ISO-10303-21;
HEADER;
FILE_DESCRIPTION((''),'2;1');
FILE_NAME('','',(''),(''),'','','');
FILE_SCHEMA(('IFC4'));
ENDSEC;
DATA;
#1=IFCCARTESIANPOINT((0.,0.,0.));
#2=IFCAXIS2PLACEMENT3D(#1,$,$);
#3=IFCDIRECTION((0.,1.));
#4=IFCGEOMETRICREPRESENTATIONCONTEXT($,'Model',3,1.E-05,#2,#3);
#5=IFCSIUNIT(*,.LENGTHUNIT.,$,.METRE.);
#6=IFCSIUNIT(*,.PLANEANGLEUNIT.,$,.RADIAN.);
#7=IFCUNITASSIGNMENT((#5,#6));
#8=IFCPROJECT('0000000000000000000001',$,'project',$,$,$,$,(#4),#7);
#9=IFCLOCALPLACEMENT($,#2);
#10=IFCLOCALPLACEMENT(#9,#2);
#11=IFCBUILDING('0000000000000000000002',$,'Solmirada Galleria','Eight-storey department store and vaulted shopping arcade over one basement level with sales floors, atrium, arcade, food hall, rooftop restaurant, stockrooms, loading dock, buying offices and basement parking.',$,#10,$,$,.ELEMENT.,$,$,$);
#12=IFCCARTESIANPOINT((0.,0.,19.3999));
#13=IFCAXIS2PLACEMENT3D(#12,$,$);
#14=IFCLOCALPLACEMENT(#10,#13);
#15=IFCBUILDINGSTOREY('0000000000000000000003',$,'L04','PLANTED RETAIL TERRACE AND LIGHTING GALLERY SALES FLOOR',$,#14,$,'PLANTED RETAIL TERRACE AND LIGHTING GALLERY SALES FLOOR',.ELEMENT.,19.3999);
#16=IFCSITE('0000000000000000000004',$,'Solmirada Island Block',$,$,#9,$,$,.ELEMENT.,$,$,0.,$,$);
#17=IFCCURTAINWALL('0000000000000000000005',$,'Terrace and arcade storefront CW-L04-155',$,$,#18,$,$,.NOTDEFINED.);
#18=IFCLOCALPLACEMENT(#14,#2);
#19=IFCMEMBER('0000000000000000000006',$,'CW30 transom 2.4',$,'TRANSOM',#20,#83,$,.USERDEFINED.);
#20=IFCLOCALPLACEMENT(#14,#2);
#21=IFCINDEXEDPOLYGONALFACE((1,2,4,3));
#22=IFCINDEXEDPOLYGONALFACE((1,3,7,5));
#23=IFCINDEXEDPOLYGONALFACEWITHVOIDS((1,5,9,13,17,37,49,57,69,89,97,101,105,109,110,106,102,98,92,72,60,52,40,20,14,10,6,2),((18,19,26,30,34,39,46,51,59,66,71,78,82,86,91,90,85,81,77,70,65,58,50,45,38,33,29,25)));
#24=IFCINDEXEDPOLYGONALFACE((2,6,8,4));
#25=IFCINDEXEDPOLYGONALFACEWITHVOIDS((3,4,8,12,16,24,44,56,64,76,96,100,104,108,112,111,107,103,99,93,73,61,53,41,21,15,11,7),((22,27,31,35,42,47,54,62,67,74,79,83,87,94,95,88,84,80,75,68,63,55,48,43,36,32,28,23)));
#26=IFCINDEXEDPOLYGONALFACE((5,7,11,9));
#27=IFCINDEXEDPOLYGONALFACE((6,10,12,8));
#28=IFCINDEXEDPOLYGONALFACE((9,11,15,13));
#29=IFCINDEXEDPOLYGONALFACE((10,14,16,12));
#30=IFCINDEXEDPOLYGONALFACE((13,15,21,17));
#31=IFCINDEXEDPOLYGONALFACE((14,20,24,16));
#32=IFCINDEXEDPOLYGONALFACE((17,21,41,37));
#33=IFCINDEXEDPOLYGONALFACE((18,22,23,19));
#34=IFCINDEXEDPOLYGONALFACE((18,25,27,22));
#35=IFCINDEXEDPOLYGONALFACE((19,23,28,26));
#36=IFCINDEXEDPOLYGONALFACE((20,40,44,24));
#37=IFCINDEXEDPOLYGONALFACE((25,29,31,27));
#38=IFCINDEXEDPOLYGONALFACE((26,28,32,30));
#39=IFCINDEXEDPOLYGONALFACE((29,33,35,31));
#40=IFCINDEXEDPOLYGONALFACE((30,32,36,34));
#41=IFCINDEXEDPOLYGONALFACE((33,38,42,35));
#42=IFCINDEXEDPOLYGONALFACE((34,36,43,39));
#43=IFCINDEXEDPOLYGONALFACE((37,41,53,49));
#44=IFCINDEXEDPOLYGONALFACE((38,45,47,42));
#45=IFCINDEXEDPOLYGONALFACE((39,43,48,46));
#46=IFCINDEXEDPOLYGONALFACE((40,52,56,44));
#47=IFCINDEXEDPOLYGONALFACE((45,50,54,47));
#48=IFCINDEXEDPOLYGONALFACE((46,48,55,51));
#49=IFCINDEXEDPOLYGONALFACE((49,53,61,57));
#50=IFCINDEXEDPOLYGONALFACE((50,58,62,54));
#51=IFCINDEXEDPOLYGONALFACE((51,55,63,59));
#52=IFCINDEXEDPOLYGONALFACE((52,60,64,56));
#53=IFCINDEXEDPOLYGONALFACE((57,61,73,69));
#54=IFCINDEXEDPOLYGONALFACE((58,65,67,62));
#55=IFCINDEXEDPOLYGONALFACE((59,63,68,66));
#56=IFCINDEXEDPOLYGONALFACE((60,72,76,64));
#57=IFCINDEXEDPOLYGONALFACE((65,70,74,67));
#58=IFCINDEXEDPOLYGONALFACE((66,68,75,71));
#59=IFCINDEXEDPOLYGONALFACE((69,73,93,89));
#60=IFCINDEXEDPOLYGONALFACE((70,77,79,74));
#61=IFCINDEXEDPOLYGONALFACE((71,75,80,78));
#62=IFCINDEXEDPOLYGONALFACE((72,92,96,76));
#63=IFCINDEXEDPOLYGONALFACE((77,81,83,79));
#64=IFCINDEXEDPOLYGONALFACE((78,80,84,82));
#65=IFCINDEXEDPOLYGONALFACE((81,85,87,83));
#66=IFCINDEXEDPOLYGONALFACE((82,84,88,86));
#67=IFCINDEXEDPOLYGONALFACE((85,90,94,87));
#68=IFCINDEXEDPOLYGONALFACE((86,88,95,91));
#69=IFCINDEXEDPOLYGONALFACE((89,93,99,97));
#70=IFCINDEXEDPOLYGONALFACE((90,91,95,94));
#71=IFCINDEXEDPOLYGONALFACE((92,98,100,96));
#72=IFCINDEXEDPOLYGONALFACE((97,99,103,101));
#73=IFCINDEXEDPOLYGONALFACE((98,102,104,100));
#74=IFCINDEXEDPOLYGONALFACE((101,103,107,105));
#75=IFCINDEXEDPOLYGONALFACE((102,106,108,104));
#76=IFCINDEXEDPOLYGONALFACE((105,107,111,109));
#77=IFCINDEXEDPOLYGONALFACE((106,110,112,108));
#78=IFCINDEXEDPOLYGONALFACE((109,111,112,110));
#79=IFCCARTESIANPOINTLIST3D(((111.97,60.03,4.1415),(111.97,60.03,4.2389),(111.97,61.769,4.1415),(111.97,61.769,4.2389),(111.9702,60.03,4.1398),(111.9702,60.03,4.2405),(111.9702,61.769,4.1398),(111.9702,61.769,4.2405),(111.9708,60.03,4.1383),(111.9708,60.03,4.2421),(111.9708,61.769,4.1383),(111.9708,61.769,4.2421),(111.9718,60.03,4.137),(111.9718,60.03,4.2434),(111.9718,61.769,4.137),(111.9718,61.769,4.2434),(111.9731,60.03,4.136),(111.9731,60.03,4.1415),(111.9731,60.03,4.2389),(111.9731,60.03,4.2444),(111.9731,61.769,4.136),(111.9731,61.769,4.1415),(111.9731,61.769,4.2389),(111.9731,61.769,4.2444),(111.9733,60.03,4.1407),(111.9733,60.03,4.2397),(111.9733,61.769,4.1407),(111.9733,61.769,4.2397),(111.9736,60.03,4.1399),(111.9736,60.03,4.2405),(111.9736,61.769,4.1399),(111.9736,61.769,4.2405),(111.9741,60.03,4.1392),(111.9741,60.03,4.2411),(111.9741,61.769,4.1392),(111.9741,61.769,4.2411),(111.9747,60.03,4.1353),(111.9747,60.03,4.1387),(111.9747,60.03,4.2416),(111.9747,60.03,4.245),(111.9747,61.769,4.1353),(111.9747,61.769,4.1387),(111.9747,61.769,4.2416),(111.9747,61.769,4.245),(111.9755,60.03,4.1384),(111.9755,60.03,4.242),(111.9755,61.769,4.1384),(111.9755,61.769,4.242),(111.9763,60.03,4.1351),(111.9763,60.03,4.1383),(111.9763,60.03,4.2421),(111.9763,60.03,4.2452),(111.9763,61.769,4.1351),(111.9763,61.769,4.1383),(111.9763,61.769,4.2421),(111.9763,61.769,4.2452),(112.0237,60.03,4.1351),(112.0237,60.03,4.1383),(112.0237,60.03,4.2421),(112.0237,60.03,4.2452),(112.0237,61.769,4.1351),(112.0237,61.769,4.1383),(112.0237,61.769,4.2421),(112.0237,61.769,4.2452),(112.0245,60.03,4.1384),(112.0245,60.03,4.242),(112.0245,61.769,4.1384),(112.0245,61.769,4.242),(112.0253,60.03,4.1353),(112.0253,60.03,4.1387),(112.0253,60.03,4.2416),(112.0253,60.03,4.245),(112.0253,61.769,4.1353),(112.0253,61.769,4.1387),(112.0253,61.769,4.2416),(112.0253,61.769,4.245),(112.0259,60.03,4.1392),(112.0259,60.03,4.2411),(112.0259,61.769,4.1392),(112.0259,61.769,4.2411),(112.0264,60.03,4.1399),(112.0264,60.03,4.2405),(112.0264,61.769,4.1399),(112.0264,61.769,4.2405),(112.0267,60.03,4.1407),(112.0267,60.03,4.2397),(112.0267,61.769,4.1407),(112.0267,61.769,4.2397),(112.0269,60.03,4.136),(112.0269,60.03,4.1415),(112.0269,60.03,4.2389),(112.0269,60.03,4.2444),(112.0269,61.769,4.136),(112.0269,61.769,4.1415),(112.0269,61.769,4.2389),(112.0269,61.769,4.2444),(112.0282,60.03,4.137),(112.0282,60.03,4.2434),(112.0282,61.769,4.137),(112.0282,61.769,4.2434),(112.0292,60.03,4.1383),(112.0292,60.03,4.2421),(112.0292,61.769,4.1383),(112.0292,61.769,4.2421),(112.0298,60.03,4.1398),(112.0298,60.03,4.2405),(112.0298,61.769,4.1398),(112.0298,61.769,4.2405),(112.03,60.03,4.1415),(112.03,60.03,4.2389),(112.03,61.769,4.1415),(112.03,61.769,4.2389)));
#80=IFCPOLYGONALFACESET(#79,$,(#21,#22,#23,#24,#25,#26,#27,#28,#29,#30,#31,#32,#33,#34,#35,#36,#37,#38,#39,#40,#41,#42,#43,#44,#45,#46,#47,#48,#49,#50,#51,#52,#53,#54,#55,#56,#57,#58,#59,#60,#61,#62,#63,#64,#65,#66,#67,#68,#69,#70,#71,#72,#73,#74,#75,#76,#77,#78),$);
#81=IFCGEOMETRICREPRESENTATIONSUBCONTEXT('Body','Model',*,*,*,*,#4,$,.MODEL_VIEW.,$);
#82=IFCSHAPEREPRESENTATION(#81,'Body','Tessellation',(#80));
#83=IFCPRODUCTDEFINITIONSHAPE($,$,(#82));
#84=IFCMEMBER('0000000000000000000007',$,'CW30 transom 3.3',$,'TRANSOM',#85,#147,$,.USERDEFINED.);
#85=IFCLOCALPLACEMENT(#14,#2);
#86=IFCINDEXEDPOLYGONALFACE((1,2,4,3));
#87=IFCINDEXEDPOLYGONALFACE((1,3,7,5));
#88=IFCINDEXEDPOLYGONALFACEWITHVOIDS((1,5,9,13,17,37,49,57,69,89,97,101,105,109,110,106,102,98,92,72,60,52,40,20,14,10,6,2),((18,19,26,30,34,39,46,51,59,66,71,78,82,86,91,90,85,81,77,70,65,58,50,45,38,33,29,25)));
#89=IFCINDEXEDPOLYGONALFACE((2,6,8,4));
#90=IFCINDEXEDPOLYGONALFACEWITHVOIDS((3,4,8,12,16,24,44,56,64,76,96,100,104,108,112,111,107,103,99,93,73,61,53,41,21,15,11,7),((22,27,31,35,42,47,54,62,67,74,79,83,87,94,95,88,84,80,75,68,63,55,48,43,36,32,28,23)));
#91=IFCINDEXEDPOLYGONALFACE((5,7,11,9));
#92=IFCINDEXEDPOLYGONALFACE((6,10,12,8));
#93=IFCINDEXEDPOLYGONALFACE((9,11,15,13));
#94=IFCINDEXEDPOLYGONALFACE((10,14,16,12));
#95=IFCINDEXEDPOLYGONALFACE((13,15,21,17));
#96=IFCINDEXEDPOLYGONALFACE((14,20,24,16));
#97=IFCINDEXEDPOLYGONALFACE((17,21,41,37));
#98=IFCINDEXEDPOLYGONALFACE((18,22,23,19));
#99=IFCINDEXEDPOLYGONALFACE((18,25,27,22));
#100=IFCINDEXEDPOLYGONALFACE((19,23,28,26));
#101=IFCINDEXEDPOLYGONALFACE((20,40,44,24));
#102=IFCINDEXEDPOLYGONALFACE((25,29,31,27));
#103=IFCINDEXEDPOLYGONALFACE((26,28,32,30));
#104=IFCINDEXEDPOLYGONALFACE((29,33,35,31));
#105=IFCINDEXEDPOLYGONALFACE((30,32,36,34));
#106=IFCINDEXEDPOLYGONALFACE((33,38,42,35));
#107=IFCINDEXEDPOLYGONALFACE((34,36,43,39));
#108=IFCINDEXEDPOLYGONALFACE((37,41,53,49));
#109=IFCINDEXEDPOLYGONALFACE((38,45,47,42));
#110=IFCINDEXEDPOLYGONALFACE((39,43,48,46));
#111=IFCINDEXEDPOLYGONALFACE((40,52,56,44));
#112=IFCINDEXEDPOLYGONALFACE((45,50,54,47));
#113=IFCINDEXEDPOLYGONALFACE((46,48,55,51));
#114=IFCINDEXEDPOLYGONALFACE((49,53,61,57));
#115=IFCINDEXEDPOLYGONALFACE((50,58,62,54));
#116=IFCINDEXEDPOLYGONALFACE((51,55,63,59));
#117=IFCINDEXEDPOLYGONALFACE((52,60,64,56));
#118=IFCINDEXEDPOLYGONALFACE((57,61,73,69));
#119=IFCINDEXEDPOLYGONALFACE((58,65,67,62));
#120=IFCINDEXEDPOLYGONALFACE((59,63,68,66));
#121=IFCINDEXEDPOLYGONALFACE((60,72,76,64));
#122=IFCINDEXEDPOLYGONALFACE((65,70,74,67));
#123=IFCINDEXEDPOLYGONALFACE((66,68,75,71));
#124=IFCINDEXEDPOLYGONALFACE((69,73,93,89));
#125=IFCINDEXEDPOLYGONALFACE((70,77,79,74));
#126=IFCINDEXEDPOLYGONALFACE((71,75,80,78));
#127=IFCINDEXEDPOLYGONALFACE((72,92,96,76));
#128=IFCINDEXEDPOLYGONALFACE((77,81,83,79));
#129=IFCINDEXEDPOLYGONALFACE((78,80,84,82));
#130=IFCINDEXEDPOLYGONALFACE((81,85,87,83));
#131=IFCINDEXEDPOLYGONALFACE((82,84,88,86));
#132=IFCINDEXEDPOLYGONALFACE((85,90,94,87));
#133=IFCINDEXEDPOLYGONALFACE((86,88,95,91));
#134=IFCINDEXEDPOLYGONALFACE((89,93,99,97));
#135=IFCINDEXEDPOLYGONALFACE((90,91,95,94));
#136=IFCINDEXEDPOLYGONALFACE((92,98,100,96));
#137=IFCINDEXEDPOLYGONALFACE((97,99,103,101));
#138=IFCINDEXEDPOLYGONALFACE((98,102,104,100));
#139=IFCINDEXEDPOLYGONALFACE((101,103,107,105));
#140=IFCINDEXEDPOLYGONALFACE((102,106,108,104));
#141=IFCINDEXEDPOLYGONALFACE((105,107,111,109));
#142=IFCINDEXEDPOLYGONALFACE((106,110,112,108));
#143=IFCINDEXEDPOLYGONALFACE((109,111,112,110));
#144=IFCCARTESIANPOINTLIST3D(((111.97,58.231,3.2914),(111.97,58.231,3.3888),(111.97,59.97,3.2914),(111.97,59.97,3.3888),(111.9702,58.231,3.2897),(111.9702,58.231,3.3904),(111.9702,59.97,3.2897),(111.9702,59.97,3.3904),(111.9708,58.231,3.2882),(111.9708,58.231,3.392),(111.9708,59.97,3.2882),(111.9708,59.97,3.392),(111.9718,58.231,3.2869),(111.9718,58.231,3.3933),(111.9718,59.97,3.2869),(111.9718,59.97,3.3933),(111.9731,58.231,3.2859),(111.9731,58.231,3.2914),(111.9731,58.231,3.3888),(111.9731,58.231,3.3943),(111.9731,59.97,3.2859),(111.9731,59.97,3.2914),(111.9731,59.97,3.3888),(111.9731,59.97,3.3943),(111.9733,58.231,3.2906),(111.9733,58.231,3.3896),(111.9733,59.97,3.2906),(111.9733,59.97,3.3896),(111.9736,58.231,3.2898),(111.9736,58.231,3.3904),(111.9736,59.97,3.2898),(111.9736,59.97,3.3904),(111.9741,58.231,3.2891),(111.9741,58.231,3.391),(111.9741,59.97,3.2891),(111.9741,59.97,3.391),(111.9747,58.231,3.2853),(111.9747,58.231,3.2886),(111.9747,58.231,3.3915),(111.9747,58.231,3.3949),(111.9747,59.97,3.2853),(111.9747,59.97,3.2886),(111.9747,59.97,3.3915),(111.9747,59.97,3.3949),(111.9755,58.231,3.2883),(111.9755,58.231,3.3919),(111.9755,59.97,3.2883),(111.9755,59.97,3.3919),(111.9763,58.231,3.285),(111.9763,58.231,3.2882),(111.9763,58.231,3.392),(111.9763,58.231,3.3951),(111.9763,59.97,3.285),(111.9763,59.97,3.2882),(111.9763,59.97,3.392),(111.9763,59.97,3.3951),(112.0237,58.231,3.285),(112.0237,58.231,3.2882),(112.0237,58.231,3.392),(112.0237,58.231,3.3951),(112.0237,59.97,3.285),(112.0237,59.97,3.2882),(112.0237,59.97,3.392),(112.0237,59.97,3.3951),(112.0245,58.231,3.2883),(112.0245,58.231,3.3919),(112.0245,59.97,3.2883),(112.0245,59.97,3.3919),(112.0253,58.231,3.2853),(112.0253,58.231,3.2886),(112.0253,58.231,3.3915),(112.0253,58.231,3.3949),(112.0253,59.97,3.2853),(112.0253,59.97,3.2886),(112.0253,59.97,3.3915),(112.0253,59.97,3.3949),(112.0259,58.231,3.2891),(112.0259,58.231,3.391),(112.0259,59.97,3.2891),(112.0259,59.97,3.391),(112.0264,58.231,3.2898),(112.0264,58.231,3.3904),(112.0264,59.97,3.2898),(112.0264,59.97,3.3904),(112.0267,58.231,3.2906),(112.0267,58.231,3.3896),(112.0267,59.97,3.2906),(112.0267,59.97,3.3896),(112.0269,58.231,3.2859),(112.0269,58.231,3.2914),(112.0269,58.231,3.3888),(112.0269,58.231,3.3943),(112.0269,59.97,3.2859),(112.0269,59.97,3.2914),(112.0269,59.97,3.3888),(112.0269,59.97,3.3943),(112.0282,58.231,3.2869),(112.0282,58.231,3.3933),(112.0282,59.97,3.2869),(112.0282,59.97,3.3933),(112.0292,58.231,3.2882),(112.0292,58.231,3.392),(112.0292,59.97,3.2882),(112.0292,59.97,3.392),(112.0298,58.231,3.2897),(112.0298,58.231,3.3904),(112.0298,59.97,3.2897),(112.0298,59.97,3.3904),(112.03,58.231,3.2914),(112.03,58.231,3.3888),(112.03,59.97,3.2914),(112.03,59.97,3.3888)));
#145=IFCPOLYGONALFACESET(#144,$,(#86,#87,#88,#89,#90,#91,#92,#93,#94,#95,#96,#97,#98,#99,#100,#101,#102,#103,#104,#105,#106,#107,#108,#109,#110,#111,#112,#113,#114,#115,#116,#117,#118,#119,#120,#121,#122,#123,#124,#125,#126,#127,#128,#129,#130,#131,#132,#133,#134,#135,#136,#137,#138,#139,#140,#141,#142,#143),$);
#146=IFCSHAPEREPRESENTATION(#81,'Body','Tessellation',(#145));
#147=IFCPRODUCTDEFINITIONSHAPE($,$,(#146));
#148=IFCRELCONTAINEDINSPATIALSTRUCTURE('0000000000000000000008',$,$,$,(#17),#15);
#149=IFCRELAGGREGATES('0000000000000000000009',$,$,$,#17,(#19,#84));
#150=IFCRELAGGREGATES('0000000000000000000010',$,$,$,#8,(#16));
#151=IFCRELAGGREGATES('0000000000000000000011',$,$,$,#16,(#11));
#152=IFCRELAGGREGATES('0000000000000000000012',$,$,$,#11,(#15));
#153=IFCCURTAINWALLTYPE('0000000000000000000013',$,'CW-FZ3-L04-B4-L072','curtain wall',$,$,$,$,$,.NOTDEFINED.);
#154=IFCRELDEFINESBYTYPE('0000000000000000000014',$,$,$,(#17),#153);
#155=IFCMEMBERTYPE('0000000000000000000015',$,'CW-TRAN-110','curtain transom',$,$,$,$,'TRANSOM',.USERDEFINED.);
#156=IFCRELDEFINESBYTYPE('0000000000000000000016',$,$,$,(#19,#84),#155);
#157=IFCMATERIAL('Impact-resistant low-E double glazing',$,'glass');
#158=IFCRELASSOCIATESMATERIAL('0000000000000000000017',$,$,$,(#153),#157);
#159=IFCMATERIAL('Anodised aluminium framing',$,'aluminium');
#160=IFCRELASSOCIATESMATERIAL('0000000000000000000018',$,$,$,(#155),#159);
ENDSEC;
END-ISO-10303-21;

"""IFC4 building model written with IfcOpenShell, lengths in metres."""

from ifc_helpers import new_model, si_unit, direction, frame, origin, origin_2d, place, context, subcontext, project, spatial, hollow_rectangle, extrude, material, material_profile, profile_set, type_object, element, aggregate, save


model = new_model("IFC4")

# Units and contexts
model_context = context("Model", 3, precision=1e-05, world=origin(), true_north=direction((0.0, 1.0)))
body_context = subcontext(model_context, "Body", "Model", "MODEL_VIEW")
ifc_project = project(units=[si_unit("LENGTHUNIT", "METRE"), si_unit("PLANEANGLEUNIT", "RADIAN")], contexts=[model_context])

# Site, building, storey
site_placement = place(None, origin())
site = spatial("IfcSite", under=ifc_project, at=site_placement, Name="Solmirada Island Block", CompositionType="ELEMENT", RefElevation=0.0)
building_placement = place(site_placement, origin())
building = spatial("IfcBuilding", under=site, at=building_placement, Name="Solmirada Galleria", Description="Eight-storey department store and vaulted shopping arcade over one basement level with sales floors, atrium, arcade, food hall, rooftop restaurant, stockrooms, loading dock, buying offices and basement parking.", CompositionType="ELEMENT")
storey_placement = place(building_placement, frame((0.0, 0.0, 19.3999)))
storey = spatial("IfcBuildingStorey", under=building, at=storey_placement, Name="L04", Description="PLANTED RETAIL TERRACE AND LIGHTING GALLERY SALES FLOOR", LongName="PLANTED RETAIL TERRACE AND LIGHTING GALLERY SALES FLOOR", CompositionType="ELEMENT", Elevation=19.3999)

# Shared definitions
ifc_material_1 = material(Name="Impact-resistant low-E double glazing", Category="glass")
curtain_wall_type = type_object("IfcCurtainWallType", Name="CW-FZ3-L04-B4-L072", Description="curtain wall", PredefinedType="NOTDEFINED", material=ifc_material_1)
ifc_material_2 = material(Name="Anodised aluminium framing", Category="aluminium")

# Curtain wall
curtain_wall_1_placement = place(storey_placement, origin())
curtain_wall_1 = element("IfcCurtainWall", 1, at=curtain_wall_1_placement, inside=storey, type_object=curtain_wall_type, Name="Terrace and arcade storefront CW-L04-155", PredefinedType="NOTDEFINED")

# Members
ifc_material_profile_1 = material_profile(ifc_material_2, hollow_rectangle(XDim=0.0601, YDim=0.1101, WallThickness=0.0032, InnerFilletRadius=0.0032, OuterFilletRadius=0.0063, at=origin_2d()), Name="ALU-TRAN-110X60")
ifc_profile_set_1 = profile_set([ifc_material_profile_1], Name="Anodised aluminium framing")
member_type_1 = type_object("IfcMemberType", Name="CW-TRAN-110", Description="curtain transom", ElementType="TRANSOM", PredefinedType="USERDEFINED", material=ifc_profile_set_1)
member_1_placement = place(storey_placement, frame((112.0, 61.769, 4.1902), z_axis=(0.0, -1.0, 0.0), x_axis=(1.0, 0.0, 0.0)))
member_1 = element("IfcMember", 2, at=member_1_placement, type_object=member_type_1, Name="CW30 transom 2.4", ObjectType="TRANSOM", PredefinedType="USERDEFINED", context=body_context, shape_type="SweptSolid", body=[
    extrude(hollow_rectangle(XDim=0.0601, YDim=0.1101, WallThickness=0.0032, InnerFilletRadius=0.0032, OuterFilletRadius=0.0063, at=origin_2d()), origin(), (0.0, 0.0, 1.0), 1.739),
])
member_2_placement = place(storey_placement, frame((112.0, 59.97, 3.3401), z_axis=(0.0, -1.0, 0.0), x_axis=(1.0, 0.0, 0.0)))
member_2 = element("IfcMember", 3, at=member_2_placement, type_object=member_type_1, Name="CW30 transom 3.3", ObjectType="TRANSOM", PredefinedType="USERDEFINED", context=body_context, shape_type="SweptSolid", body=[
    extrude(hollow_rectangle(XDim=0.0601, YDim=0.1101, WallThickness=0.0032, InnerFilletRadius=0.0032, OuterFilletRadius=0.0063, at=origin_2d()), origin(), (0.0, 0.0, 1.0), 1.739),
])

aggregate(curtain_wall_1, [member_1, member_2])

save(model, "model.ifc")
